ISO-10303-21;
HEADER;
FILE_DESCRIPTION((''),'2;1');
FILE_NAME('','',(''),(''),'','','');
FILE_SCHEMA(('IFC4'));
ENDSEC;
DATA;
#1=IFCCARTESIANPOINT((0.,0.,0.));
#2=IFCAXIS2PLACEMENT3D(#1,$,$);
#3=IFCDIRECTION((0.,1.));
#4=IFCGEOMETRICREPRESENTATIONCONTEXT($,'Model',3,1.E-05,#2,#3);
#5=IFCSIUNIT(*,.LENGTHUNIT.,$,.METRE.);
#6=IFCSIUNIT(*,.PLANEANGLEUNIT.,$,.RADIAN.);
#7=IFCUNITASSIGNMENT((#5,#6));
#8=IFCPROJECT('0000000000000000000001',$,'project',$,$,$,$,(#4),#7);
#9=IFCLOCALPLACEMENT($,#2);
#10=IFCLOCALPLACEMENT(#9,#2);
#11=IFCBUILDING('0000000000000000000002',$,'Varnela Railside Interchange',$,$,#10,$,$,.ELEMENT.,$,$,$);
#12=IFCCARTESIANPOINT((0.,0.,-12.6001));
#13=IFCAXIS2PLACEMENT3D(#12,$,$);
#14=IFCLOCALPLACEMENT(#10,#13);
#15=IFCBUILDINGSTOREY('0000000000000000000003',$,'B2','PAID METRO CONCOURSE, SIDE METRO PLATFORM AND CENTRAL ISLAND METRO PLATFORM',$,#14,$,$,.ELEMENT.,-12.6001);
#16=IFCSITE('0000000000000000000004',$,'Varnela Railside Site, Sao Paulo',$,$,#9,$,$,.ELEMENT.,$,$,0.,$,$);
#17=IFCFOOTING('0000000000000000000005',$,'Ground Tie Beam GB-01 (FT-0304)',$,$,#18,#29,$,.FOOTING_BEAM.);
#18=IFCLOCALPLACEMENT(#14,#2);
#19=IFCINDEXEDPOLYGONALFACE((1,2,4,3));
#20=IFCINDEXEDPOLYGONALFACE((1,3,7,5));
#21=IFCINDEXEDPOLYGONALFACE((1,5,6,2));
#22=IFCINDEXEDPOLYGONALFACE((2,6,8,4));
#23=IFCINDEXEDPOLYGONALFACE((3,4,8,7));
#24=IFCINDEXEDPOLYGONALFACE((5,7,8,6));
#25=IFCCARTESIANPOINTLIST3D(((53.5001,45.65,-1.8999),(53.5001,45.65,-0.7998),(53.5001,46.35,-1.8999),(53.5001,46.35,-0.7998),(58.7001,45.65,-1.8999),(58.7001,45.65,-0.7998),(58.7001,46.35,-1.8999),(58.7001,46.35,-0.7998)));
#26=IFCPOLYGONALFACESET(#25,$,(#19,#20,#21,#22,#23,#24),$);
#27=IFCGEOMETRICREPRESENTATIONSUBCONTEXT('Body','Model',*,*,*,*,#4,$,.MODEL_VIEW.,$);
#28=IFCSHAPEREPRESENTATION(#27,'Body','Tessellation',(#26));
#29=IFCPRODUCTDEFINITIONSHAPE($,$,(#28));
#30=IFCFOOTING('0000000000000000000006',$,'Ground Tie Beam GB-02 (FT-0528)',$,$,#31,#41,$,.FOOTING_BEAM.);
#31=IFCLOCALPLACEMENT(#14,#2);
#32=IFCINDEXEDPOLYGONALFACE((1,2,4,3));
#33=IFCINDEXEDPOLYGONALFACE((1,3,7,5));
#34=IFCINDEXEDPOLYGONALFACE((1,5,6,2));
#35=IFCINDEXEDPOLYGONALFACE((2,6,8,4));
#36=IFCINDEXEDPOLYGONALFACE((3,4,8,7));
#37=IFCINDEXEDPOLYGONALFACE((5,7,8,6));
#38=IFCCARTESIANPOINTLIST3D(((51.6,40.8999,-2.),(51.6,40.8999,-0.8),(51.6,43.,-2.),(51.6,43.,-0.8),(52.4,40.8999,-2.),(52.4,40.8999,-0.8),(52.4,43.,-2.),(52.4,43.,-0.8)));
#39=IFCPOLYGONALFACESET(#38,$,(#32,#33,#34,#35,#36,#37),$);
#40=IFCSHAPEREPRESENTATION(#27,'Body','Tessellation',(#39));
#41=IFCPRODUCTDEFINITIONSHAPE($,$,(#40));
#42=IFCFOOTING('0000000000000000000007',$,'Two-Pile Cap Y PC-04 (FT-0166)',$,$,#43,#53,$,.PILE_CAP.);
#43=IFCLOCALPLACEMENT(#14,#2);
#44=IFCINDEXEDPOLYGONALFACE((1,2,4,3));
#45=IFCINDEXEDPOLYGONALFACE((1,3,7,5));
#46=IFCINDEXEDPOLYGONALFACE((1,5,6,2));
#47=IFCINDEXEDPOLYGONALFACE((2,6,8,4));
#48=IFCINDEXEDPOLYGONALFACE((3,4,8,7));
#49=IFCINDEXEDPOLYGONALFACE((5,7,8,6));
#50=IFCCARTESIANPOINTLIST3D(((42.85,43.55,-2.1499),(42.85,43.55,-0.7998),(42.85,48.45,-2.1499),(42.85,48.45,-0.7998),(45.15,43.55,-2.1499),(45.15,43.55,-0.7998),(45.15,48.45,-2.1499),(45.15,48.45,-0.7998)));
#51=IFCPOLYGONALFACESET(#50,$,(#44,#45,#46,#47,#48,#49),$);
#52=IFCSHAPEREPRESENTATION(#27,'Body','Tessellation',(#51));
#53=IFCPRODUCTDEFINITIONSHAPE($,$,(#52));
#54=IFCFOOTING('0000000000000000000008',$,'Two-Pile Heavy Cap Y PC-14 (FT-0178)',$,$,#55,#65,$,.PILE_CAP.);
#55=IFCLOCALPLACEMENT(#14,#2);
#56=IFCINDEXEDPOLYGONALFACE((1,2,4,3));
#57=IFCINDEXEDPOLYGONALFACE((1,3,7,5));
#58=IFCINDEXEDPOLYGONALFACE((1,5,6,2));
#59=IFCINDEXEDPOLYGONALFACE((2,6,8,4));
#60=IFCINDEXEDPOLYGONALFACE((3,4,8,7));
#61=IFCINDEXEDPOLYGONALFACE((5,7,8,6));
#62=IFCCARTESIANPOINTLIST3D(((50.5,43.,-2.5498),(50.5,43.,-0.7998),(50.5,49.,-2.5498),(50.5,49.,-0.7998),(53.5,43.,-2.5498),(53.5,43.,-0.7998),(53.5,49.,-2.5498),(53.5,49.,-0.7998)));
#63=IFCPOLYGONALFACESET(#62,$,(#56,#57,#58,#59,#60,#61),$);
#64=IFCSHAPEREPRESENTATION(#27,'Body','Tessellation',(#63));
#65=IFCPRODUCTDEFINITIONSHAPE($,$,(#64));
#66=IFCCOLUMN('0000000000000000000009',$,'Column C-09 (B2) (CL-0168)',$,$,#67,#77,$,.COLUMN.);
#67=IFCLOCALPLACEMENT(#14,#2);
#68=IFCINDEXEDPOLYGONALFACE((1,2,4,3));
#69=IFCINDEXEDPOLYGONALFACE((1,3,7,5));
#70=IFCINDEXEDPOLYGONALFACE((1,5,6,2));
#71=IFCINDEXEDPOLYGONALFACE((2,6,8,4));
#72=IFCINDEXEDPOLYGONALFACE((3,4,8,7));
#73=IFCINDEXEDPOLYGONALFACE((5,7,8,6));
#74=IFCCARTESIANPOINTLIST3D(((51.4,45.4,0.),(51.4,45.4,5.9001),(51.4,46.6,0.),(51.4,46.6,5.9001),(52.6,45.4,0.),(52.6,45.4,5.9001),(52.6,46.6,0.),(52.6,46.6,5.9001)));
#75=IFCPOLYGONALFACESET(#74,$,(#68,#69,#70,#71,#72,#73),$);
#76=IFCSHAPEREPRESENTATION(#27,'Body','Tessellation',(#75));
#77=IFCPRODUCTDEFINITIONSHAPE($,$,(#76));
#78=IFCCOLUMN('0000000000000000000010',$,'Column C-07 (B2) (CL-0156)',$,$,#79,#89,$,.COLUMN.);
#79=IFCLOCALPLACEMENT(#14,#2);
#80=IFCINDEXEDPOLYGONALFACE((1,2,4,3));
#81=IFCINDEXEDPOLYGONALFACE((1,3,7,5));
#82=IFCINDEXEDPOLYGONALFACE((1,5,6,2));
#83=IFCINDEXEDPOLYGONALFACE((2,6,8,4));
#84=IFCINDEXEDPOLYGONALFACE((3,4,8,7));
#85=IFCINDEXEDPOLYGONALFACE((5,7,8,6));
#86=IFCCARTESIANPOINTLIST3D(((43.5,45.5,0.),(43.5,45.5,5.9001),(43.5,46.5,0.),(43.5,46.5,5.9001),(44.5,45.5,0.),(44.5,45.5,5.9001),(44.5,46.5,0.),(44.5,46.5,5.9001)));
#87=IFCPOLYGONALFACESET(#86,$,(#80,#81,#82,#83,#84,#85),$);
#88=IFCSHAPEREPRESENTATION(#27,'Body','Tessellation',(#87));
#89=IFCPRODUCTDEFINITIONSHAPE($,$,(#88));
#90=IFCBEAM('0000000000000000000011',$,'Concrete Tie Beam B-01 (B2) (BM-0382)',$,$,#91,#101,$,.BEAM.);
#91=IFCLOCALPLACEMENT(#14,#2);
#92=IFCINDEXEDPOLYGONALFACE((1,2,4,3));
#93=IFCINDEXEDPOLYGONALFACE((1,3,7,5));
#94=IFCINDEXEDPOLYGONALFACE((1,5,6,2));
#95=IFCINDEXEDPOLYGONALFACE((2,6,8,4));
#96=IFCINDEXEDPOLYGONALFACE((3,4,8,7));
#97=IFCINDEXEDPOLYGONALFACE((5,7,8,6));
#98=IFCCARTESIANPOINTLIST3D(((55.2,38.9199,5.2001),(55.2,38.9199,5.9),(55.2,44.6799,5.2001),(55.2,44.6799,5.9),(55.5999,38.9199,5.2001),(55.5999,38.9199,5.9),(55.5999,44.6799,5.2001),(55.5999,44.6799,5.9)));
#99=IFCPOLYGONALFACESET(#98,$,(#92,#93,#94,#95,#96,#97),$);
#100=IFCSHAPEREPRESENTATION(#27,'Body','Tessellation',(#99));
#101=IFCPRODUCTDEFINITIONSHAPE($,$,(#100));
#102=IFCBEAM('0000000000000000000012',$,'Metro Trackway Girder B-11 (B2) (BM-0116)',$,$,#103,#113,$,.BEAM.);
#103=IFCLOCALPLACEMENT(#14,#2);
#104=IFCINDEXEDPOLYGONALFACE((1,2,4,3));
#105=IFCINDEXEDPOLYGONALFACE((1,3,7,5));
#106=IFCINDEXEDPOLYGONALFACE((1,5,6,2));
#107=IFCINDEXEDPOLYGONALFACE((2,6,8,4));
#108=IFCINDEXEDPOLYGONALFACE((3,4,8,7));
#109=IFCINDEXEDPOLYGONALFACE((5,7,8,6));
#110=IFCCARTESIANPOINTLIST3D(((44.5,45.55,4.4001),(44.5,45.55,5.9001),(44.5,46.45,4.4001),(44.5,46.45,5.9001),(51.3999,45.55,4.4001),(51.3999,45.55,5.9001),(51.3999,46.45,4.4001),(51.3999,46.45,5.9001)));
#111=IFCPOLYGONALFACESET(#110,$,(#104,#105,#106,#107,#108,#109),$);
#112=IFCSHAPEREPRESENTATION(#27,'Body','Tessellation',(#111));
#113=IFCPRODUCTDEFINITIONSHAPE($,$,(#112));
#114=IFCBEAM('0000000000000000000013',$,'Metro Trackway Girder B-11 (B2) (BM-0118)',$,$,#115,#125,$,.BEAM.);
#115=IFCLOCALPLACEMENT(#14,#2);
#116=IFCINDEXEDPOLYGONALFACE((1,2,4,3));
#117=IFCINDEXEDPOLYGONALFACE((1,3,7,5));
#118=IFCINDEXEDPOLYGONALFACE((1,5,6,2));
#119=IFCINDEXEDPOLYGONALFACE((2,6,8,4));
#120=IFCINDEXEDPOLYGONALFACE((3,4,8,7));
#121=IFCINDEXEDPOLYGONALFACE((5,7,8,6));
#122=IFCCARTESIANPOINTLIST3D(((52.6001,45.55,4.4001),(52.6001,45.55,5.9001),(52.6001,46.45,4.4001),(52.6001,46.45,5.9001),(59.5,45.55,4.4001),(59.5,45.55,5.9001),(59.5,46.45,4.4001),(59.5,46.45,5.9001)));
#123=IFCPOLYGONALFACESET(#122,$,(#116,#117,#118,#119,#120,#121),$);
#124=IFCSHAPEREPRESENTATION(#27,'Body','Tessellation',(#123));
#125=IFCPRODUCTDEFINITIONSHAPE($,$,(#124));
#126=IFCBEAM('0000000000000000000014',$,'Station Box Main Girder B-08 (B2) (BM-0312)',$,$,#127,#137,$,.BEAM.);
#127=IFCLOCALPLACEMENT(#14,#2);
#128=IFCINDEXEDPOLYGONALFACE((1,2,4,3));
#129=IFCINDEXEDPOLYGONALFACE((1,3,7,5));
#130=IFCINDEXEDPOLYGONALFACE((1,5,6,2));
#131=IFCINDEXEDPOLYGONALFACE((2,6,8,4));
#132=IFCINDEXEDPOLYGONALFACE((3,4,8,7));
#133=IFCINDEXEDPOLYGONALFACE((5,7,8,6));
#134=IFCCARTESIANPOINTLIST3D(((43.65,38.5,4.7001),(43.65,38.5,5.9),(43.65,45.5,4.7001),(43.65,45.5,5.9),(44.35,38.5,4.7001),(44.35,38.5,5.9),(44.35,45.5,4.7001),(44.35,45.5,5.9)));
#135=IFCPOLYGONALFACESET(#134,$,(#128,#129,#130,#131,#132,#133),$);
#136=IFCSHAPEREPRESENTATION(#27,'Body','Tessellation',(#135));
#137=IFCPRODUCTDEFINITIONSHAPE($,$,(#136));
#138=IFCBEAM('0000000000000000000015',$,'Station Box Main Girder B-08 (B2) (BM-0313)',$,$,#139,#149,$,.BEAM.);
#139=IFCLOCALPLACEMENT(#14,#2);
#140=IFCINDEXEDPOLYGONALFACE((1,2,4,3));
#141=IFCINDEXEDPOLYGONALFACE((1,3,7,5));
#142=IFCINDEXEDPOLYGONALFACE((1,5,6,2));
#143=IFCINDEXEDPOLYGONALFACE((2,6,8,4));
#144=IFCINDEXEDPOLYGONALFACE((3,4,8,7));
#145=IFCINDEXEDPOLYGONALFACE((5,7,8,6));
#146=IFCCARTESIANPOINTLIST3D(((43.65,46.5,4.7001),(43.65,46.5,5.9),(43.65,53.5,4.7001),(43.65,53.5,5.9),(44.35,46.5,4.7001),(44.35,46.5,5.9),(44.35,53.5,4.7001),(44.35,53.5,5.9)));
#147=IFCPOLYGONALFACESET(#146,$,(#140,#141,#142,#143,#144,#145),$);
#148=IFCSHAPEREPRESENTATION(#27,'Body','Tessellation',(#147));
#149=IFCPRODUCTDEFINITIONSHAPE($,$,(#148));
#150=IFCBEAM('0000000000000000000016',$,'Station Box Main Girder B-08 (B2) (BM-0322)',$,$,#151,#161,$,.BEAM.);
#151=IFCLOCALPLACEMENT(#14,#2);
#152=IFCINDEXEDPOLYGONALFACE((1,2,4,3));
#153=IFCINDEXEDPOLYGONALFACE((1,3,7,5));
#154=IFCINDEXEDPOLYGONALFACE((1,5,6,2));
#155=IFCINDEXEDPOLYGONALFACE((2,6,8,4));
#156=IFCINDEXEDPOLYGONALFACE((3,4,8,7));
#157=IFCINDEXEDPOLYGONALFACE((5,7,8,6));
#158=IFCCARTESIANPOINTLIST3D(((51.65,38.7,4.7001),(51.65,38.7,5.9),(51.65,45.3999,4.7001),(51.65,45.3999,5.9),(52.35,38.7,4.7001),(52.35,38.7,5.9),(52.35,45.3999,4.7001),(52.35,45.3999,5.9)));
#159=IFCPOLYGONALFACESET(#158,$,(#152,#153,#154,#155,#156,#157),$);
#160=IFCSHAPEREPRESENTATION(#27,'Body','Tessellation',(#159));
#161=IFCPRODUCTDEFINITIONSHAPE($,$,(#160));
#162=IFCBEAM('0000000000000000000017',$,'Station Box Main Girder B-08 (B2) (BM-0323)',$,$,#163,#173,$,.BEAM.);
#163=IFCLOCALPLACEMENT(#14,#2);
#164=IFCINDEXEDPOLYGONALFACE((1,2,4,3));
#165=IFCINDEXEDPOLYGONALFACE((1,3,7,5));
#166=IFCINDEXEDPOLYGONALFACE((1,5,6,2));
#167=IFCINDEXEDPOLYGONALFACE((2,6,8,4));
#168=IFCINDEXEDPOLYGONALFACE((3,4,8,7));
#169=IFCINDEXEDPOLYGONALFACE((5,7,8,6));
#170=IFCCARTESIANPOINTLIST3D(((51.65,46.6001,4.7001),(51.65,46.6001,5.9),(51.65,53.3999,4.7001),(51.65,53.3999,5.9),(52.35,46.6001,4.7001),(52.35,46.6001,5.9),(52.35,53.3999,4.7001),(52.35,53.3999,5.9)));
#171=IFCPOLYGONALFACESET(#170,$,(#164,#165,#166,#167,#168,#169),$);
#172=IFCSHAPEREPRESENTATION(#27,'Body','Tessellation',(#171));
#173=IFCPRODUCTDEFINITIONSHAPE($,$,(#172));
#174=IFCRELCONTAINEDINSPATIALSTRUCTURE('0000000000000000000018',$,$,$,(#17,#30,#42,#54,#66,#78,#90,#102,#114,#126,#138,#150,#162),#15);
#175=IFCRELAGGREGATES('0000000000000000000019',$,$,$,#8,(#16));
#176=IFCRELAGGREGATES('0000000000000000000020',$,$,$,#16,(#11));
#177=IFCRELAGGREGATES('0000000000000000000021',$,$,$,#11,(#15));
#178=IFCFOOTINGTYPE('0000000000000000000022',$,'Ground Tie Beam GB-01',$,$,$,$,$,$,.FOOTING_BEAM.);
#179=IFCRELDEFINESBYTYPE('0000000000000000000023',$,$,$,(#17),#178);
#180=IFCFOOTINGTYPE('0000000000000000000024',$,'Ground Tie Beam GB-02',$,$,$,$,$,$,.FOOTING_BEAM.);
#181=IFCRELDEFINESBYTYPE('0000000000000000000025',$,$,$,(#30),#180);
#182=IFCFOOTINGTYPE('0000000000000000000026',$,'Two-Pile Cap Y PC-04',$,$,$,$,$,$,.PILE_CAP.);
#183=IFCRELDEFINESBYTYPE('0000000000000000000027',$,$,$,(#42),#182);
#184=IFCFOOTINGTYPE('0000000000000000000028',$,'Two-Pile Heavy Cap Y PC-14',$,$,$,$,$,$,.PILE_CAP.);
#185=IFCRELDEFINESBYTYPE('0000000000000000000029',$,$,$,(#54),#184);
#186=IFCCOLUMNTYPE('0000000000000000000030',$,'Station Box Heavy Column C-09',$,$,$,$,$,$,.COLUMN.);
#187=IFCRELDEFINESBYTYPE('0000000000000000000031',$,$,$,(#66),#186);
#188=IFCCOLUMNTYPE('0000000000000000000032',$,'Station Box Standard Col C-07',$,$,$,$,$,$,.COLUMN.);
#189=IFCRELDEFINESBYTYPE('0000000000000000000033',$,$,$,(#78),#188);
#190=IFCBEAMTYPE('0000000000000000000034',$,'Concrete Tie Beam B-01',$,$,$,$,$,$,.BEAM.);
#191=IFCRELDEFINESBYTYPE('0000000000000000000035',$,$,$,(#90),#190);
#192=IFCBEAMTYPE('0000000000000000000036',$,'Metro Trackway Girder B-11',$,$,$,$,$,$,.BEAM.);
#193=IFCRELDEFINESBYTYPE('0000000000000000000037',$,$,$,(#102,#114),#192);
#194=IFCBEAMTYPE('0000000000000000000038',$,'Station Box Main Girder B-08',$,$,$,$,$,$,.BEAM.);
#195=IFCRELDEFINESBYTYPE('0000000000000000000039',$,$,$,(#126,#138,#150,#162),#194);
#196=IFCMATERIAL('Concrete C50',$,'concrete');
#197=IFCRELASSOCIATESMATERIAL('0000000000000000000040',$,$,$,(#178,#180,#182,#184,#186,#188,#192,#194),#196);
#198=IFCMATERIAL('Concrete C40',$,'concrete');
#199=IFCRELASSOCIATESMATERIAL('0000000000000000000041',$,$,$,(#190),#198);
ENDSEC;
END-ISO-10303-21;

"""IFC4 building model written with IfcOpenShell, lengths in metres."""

from ifc_helpers import new_model, si_unit, direction, frame, origin, origin_2d, place, context, subcontext, project, spatial, rectangle, extrude, material, material_profile, profile_set, type_object, element, save


model = new_model("IFC4")

# Units and contexts
model_context = context("Model", 3, precision=1e-05, world=origin(), true_north=direction((0.0, 1.0)))
body_context = subcontext(model_context, "Body", "Model", "MODEL_VIEW")
ifc_project = project(units=[si_unit("LENGTHUNIT", "METRE"), si_unit("PLANEANGLEUNIT", "RADIAN")], contexts=[model_context])

# Site, building, storey
site_placement = place(None, origin())
site = spatial("IfcSite", under=ifc_project, at=site_placement, Name="Varnela Railside Site, Sao Paulo", CompositionType="ELEMENT", RefElevation=0.0)
building_placement = place(site_placement, origin())
building = spatial("IfcBuilding", under=site, at=building_placement, Name="Varnela Railside Interchange", CompositionType="ELEMENT")
storey_placement = place(building_placement, frame((0.0, 0.0, -12.6001)))
storey = spatial("IfcBuildingStorey", under=building, at=storey_placement, Name="B2", Description="PAID METRO CONCOURSE, SIDE METRO PLATFORM AND CENTRAL ISLAND METRO PLATFORM", CompositionType="ELEMENT", Elevation=-12.6001)

# Shared definitions
ifc_material_1 = material(Name="Concrete C40", Category="concrete")

# Footings
ifc_material_2 = material(Name="Concrete C50", Category="concrete")
footing_type_1 = type_object("IfcFootingType", Name="Ground Tie Beam GB-01", PredefinedType="FOOTING_BEAM", material=ifc_material_2)
footing_1_placement = place(storey_placement, frame((56.1001, 46.0, -1.8999), z_axis=(0.0, 0.0, 1.0), x_axis=(1.0, 0.0, 0.0)))
element("IfcFooting", 1, at=footing_1_placement, inside=storey, type_object=footing_type_1, Name="Ground Tie Beam GB-01 (FT-0304)", PredefinedType="FOOTING_BEAM", context=body_context, shape_type="SweptSolid", body=[
    extrude(rectangle(XDim=5.2, YDim=0.7, at=origin_2d()), origin(), (0.0, 0.0, 1.0), 1.1001),
])
footing_type_2 = type_object("IfcFootingType", Name="Ground Tie Beam GB-02", PredefinedType="FOOTING_BEAM", material=ifc_material_2)
footing_2_placement = place(storey_placement, frame((52.0, 41.95, -2.0), z_axis=(0.0, 0.0, 1.0), x_axis=(1.0, 0.0, 0.0)))
element("IfcFooting", 2, at=footing_2_placement, inside=storey, type_object=footing_type_2, Name="Ground Tie Beam GB-02 (FT-0528)", PredefinedType="FOOTING_BEAM", context=body_context, shape_type="SweptSolid", body=[
    extrude(rectangle(XDim=0.8, YDim=2.1001, at=origin_2d()), origin(), (0.0, 0.0, 1.0), 1.2),
])
footing_type_3 = type_object("IfcFootingType", Name="Two-Pile Cap Y PC-04", PredefinedType="PILE_CAP", material=ifc_material_2)
footing_3_placement = place(storey_placement, frame((44.0, 46.0, -2.1499), z_axis=(0.0, 0.0, 1.0), x_axis=(1.0, 0.0, 0.0)))
element("IfcFooting", 3, at=footing_3_placement, inside=storey, type_object=footing_type_3, Name="Two-Pile Cap Y PC-04 (FT-0166)", PredefinedType="PILE_CAP", context=body_context, shape_type="SweptSolid", body=[
    extrude(rectangle(XDim=2.3, YDim=4.8999, at=origin_2d()), origin(), (0.0, 0.0, 1.0), 1.3501),
])
footing_type_4 = type_object("IfcFootingType", Name="Two-Pile Heavy Cap Y PC-14", PredefinedType="PILE_CAP", material=ifc_material_2)
footing_4_placement = place(storey_placement, frame((52.0, 46.0, -2.5498), z_axis=(0.0, 0.0, 1.0), x_axis=(1.0, 0.0, 0.0)))
element("IfcFooting", 4, at=footing_4_placement, inside=storey, type_object=footing_type_4, Name="Two-Pile Heavy Cap Y PC-14 (FT-0178)", PredefinedType="PILE_CAP", context=body_context, shape_type="SweptSolid", body=[
    extrude(rectangle(XDim=3.0, YDim=6.0, at=origin_2d()), origin(), (0.0, 0.0, 1.0), 1.75),
])

# Columns
ifc_material_profile_1 = material_profile(ifc_material_2, rectangle(XDim=1.2, YDim=1.2, at=origin_2d()), Name="RC 1200x1200")
ifc_profile_set_1 = profile_set([ifc_material_profile_1], Name="Concrete C50")
column_type_1 = type_object("IfcColumnType", Name="Station Box Heavy Column C-09", PredefinedType="COLUMN", material=ifc_profile_set_1)
column_1_placement = place(storey_placement, frame((52.0, 46.0, 0.0), z_axis=(0.0, 0.0, 1.0), x_axis=(1.0, 0.0, 0.0)))
element("IfcColumn", 5, at=column_1_placement, inside=storey, type_object=column_type_1, Name="Column C-09 (B2) (CL-0168)", PredefinedType="COLUMN", context=body_context, shape_type="SweptSolid", body=[
    extrude(rectangle(XDim=1.2, YDim=1.2, at=origin_2d()), origin(), (0.0, 0.0, 1.0), 5.9001),
])
ifc_material_profile_2 = material_profile(ifc_material_2, rectangle(XDim=1.0, YDim=1.0, at=origin_2d()), Name="RC 1000x1000")
ifc_profile_set_2 = profile_set([ifc_material_profile_2], Name="Concrete C50")
column_type_2 = type_object("IfcColumnType", Name="Station Box Standard Col C-07", PredefinedType="COLUMN", material=ifc_profile_set_2)
column_2_placement = place(storey_placement, frame((44.0, 46.0, 0.0), z_axis=(0.0, 0.0, 1.0), x_axis=(1.0, 0.0, 0.0)))
element("IfcColumn", 6, at=column_2_placement, inside=storey, type_object=column_type_2, Name="Column C-07 (B2) (CL-0156)", PredefinedType="COLUMN", context=body_context, shape_type="SweptSolid", body=[
    extrude(rectangle(XDim=1.0, YDim=1.0, at=origin_2d()), origin(), (0.0, 0.0, 1.0), 5.9001),
])

# Beams
ifc_material_profile_3 = material_profile(ifc_material_1, rectangle(XDim=0.3999, YDim=0.7, at=origin_2d()), Name="RC 400x700")
ifc_profile_set_3 = profile_set([ifc_material_profile_3], Name="Concrete C40")
beam_type_1 = type_object("IfcBeamType", Name="Concrete Tie Beam B-01", PredefinedType="BEAM", material=ifc_profile_set_3)
beam_1_placement = place(storey_placement, frame((55.3999, 38.9199, 5.55), z_axis=(0.0, 1.0, 0.0), x_axis=(-1.0, 0.0, 0.0)))
element("IfcBeam", 7, at=beam_1_placement, inside=storey, type_object=beam_type_1, Name="Concrete Tie Beam B-01 (B2) (BM-0382)", PredefinedType="BEAM", context=body_context, shape_type="SweptSolid", body=[
    extrude(rectangle(XDim=0.3999, YDim=0.7, at=origin_2d()), origin(), (0.0, 0.0, 1.0), 5.76),
])
ifc_material_profile_4 = material_profile(ifc_material_2, rectangle(XDim=0.8999, YDim=1.5, at=origin_2d()), Name="RC 900x1500")
ifc_profile_set_4 = profile_set([ifc_material_profile_4], Name="Concrete C50")
beam_type_2 = type_object("IfcBeamType", Name="Metro Trackway Girder B-11", PredefinedType="BEAM", material=ifc_profile_set_4)
for number, where, z_axis, x_axis, name in (
    (8, (44.5, 46.0, 5.1501), (1.0, 0.0, 0.0), (0.0, 1.0, 0.0), "Metro Trackway Girder B-11 (B2) (BM-0116)"),
    (9, (52.6001, 46.0, 5.1501), (1.0, 0.0, 0.0), (0.0, 1.0, 0.0), "Metro Trackway Girder B-11 (B2) (BM-0118)"),
):
    element("IfcBeam", number, at=place(storey_placement, frame(where, z_axis=z_axis, x_axis=x_axis)), inside=storey, type_object=beam_type_2, Name=name, PredefinedType="BEAM", context=body_context, shape_type="SweptSolid", body=[
        extrude(rectangle(XDim=0.8999, YDim=1.5, at=origin_2d()), origin(), (0.0, 0.0, 1.0), 6.8999),
    ])
ifc_material_profile_5 = material_profile(ifc_material_2, rectangle(XDim=0.7, YDim=1.2, at=origin_2d()), Name="RC 700x1200")
ifc_profile_set_5 = profile_set([ifc_material_profile_5], Name="Concrete C50")
beam_type_3 = type_object("IfcBeamType", Name="Station Box Main Girder B-08", PredefinedType="BEAM", material=ifc_profile_set_5)
for number, where, z_axis, x_axis, name in (
    (10, (44.0, 38.5, 5.3), (0.0, 1.0, 0.0), (-1.0, 0.0, 0.0), "Station Box Main Girder B-08 (B2) (BM-0312)"),
    (11, (44.0, 46.5, 5.3), (0.0, 1.0, 0.0), (-1.0, 0.0, 0.0), "Station Box Main Girder B-08 (B2) (BM-0313)"),
):
    element("IfcBeam", number, at=place(storey_placement, frame(where, z_axis=z_axis, x_axis=x_axis)), inside=storey, type_object=beam_type_3, Name=name, PredefinedType="BEAM", context=body_context, shape_type="SweptSolid", body=[
        extrude(rectangle(XDim=0.7, YDim=1.2, at=origin_2d()), origin(), (0.0, 0.0, 1.0), 7.0),
    ])
beam_2_placement = place(storey_placement, frame((52.0, 38.7, 5.3), z_axis=(0.0, 1.0, 0.0), x_axis=(-1.0, 0.0, 0.0)))
element("IfcBeam", 12, at=beam_2_placement, inside=storey, type_object=beam_type_3, Name="Station Box Main Girder B-08 (B2) (BM-0322)", PredefinedType="BEAM", context=body_context, shape_type="SweptSolid", body=[
    extrude(rectangle(XDim=0.7, YDim=1.2, at=origin_2d()), origin(), (0.0, 0.0, 1.0), 6.7),
])
beam_3_placement = place(storey_placement, frame((52.0, 46.6001, 5.3), z_axis=(0.0, 1.0, 0.0), x_axis=(-1.0, 0.0, 0.0)))
element("IfcBeam", 13, at=beam_3_placement, inside=storey, type_object=beam_type_3, Name="Station Box Main Girder B-08 (B2) (BM-0323)", PredefinedType="BEAM", context=body_context, shape_type="SweptSolid", body=[
    extrude(rectangle(XDim=0.7, YDim=1.2, at=origin_2d()), origin(), (0.0, 0.0, 1.0), 6.7998),
])

save(model, "model.ifc")
